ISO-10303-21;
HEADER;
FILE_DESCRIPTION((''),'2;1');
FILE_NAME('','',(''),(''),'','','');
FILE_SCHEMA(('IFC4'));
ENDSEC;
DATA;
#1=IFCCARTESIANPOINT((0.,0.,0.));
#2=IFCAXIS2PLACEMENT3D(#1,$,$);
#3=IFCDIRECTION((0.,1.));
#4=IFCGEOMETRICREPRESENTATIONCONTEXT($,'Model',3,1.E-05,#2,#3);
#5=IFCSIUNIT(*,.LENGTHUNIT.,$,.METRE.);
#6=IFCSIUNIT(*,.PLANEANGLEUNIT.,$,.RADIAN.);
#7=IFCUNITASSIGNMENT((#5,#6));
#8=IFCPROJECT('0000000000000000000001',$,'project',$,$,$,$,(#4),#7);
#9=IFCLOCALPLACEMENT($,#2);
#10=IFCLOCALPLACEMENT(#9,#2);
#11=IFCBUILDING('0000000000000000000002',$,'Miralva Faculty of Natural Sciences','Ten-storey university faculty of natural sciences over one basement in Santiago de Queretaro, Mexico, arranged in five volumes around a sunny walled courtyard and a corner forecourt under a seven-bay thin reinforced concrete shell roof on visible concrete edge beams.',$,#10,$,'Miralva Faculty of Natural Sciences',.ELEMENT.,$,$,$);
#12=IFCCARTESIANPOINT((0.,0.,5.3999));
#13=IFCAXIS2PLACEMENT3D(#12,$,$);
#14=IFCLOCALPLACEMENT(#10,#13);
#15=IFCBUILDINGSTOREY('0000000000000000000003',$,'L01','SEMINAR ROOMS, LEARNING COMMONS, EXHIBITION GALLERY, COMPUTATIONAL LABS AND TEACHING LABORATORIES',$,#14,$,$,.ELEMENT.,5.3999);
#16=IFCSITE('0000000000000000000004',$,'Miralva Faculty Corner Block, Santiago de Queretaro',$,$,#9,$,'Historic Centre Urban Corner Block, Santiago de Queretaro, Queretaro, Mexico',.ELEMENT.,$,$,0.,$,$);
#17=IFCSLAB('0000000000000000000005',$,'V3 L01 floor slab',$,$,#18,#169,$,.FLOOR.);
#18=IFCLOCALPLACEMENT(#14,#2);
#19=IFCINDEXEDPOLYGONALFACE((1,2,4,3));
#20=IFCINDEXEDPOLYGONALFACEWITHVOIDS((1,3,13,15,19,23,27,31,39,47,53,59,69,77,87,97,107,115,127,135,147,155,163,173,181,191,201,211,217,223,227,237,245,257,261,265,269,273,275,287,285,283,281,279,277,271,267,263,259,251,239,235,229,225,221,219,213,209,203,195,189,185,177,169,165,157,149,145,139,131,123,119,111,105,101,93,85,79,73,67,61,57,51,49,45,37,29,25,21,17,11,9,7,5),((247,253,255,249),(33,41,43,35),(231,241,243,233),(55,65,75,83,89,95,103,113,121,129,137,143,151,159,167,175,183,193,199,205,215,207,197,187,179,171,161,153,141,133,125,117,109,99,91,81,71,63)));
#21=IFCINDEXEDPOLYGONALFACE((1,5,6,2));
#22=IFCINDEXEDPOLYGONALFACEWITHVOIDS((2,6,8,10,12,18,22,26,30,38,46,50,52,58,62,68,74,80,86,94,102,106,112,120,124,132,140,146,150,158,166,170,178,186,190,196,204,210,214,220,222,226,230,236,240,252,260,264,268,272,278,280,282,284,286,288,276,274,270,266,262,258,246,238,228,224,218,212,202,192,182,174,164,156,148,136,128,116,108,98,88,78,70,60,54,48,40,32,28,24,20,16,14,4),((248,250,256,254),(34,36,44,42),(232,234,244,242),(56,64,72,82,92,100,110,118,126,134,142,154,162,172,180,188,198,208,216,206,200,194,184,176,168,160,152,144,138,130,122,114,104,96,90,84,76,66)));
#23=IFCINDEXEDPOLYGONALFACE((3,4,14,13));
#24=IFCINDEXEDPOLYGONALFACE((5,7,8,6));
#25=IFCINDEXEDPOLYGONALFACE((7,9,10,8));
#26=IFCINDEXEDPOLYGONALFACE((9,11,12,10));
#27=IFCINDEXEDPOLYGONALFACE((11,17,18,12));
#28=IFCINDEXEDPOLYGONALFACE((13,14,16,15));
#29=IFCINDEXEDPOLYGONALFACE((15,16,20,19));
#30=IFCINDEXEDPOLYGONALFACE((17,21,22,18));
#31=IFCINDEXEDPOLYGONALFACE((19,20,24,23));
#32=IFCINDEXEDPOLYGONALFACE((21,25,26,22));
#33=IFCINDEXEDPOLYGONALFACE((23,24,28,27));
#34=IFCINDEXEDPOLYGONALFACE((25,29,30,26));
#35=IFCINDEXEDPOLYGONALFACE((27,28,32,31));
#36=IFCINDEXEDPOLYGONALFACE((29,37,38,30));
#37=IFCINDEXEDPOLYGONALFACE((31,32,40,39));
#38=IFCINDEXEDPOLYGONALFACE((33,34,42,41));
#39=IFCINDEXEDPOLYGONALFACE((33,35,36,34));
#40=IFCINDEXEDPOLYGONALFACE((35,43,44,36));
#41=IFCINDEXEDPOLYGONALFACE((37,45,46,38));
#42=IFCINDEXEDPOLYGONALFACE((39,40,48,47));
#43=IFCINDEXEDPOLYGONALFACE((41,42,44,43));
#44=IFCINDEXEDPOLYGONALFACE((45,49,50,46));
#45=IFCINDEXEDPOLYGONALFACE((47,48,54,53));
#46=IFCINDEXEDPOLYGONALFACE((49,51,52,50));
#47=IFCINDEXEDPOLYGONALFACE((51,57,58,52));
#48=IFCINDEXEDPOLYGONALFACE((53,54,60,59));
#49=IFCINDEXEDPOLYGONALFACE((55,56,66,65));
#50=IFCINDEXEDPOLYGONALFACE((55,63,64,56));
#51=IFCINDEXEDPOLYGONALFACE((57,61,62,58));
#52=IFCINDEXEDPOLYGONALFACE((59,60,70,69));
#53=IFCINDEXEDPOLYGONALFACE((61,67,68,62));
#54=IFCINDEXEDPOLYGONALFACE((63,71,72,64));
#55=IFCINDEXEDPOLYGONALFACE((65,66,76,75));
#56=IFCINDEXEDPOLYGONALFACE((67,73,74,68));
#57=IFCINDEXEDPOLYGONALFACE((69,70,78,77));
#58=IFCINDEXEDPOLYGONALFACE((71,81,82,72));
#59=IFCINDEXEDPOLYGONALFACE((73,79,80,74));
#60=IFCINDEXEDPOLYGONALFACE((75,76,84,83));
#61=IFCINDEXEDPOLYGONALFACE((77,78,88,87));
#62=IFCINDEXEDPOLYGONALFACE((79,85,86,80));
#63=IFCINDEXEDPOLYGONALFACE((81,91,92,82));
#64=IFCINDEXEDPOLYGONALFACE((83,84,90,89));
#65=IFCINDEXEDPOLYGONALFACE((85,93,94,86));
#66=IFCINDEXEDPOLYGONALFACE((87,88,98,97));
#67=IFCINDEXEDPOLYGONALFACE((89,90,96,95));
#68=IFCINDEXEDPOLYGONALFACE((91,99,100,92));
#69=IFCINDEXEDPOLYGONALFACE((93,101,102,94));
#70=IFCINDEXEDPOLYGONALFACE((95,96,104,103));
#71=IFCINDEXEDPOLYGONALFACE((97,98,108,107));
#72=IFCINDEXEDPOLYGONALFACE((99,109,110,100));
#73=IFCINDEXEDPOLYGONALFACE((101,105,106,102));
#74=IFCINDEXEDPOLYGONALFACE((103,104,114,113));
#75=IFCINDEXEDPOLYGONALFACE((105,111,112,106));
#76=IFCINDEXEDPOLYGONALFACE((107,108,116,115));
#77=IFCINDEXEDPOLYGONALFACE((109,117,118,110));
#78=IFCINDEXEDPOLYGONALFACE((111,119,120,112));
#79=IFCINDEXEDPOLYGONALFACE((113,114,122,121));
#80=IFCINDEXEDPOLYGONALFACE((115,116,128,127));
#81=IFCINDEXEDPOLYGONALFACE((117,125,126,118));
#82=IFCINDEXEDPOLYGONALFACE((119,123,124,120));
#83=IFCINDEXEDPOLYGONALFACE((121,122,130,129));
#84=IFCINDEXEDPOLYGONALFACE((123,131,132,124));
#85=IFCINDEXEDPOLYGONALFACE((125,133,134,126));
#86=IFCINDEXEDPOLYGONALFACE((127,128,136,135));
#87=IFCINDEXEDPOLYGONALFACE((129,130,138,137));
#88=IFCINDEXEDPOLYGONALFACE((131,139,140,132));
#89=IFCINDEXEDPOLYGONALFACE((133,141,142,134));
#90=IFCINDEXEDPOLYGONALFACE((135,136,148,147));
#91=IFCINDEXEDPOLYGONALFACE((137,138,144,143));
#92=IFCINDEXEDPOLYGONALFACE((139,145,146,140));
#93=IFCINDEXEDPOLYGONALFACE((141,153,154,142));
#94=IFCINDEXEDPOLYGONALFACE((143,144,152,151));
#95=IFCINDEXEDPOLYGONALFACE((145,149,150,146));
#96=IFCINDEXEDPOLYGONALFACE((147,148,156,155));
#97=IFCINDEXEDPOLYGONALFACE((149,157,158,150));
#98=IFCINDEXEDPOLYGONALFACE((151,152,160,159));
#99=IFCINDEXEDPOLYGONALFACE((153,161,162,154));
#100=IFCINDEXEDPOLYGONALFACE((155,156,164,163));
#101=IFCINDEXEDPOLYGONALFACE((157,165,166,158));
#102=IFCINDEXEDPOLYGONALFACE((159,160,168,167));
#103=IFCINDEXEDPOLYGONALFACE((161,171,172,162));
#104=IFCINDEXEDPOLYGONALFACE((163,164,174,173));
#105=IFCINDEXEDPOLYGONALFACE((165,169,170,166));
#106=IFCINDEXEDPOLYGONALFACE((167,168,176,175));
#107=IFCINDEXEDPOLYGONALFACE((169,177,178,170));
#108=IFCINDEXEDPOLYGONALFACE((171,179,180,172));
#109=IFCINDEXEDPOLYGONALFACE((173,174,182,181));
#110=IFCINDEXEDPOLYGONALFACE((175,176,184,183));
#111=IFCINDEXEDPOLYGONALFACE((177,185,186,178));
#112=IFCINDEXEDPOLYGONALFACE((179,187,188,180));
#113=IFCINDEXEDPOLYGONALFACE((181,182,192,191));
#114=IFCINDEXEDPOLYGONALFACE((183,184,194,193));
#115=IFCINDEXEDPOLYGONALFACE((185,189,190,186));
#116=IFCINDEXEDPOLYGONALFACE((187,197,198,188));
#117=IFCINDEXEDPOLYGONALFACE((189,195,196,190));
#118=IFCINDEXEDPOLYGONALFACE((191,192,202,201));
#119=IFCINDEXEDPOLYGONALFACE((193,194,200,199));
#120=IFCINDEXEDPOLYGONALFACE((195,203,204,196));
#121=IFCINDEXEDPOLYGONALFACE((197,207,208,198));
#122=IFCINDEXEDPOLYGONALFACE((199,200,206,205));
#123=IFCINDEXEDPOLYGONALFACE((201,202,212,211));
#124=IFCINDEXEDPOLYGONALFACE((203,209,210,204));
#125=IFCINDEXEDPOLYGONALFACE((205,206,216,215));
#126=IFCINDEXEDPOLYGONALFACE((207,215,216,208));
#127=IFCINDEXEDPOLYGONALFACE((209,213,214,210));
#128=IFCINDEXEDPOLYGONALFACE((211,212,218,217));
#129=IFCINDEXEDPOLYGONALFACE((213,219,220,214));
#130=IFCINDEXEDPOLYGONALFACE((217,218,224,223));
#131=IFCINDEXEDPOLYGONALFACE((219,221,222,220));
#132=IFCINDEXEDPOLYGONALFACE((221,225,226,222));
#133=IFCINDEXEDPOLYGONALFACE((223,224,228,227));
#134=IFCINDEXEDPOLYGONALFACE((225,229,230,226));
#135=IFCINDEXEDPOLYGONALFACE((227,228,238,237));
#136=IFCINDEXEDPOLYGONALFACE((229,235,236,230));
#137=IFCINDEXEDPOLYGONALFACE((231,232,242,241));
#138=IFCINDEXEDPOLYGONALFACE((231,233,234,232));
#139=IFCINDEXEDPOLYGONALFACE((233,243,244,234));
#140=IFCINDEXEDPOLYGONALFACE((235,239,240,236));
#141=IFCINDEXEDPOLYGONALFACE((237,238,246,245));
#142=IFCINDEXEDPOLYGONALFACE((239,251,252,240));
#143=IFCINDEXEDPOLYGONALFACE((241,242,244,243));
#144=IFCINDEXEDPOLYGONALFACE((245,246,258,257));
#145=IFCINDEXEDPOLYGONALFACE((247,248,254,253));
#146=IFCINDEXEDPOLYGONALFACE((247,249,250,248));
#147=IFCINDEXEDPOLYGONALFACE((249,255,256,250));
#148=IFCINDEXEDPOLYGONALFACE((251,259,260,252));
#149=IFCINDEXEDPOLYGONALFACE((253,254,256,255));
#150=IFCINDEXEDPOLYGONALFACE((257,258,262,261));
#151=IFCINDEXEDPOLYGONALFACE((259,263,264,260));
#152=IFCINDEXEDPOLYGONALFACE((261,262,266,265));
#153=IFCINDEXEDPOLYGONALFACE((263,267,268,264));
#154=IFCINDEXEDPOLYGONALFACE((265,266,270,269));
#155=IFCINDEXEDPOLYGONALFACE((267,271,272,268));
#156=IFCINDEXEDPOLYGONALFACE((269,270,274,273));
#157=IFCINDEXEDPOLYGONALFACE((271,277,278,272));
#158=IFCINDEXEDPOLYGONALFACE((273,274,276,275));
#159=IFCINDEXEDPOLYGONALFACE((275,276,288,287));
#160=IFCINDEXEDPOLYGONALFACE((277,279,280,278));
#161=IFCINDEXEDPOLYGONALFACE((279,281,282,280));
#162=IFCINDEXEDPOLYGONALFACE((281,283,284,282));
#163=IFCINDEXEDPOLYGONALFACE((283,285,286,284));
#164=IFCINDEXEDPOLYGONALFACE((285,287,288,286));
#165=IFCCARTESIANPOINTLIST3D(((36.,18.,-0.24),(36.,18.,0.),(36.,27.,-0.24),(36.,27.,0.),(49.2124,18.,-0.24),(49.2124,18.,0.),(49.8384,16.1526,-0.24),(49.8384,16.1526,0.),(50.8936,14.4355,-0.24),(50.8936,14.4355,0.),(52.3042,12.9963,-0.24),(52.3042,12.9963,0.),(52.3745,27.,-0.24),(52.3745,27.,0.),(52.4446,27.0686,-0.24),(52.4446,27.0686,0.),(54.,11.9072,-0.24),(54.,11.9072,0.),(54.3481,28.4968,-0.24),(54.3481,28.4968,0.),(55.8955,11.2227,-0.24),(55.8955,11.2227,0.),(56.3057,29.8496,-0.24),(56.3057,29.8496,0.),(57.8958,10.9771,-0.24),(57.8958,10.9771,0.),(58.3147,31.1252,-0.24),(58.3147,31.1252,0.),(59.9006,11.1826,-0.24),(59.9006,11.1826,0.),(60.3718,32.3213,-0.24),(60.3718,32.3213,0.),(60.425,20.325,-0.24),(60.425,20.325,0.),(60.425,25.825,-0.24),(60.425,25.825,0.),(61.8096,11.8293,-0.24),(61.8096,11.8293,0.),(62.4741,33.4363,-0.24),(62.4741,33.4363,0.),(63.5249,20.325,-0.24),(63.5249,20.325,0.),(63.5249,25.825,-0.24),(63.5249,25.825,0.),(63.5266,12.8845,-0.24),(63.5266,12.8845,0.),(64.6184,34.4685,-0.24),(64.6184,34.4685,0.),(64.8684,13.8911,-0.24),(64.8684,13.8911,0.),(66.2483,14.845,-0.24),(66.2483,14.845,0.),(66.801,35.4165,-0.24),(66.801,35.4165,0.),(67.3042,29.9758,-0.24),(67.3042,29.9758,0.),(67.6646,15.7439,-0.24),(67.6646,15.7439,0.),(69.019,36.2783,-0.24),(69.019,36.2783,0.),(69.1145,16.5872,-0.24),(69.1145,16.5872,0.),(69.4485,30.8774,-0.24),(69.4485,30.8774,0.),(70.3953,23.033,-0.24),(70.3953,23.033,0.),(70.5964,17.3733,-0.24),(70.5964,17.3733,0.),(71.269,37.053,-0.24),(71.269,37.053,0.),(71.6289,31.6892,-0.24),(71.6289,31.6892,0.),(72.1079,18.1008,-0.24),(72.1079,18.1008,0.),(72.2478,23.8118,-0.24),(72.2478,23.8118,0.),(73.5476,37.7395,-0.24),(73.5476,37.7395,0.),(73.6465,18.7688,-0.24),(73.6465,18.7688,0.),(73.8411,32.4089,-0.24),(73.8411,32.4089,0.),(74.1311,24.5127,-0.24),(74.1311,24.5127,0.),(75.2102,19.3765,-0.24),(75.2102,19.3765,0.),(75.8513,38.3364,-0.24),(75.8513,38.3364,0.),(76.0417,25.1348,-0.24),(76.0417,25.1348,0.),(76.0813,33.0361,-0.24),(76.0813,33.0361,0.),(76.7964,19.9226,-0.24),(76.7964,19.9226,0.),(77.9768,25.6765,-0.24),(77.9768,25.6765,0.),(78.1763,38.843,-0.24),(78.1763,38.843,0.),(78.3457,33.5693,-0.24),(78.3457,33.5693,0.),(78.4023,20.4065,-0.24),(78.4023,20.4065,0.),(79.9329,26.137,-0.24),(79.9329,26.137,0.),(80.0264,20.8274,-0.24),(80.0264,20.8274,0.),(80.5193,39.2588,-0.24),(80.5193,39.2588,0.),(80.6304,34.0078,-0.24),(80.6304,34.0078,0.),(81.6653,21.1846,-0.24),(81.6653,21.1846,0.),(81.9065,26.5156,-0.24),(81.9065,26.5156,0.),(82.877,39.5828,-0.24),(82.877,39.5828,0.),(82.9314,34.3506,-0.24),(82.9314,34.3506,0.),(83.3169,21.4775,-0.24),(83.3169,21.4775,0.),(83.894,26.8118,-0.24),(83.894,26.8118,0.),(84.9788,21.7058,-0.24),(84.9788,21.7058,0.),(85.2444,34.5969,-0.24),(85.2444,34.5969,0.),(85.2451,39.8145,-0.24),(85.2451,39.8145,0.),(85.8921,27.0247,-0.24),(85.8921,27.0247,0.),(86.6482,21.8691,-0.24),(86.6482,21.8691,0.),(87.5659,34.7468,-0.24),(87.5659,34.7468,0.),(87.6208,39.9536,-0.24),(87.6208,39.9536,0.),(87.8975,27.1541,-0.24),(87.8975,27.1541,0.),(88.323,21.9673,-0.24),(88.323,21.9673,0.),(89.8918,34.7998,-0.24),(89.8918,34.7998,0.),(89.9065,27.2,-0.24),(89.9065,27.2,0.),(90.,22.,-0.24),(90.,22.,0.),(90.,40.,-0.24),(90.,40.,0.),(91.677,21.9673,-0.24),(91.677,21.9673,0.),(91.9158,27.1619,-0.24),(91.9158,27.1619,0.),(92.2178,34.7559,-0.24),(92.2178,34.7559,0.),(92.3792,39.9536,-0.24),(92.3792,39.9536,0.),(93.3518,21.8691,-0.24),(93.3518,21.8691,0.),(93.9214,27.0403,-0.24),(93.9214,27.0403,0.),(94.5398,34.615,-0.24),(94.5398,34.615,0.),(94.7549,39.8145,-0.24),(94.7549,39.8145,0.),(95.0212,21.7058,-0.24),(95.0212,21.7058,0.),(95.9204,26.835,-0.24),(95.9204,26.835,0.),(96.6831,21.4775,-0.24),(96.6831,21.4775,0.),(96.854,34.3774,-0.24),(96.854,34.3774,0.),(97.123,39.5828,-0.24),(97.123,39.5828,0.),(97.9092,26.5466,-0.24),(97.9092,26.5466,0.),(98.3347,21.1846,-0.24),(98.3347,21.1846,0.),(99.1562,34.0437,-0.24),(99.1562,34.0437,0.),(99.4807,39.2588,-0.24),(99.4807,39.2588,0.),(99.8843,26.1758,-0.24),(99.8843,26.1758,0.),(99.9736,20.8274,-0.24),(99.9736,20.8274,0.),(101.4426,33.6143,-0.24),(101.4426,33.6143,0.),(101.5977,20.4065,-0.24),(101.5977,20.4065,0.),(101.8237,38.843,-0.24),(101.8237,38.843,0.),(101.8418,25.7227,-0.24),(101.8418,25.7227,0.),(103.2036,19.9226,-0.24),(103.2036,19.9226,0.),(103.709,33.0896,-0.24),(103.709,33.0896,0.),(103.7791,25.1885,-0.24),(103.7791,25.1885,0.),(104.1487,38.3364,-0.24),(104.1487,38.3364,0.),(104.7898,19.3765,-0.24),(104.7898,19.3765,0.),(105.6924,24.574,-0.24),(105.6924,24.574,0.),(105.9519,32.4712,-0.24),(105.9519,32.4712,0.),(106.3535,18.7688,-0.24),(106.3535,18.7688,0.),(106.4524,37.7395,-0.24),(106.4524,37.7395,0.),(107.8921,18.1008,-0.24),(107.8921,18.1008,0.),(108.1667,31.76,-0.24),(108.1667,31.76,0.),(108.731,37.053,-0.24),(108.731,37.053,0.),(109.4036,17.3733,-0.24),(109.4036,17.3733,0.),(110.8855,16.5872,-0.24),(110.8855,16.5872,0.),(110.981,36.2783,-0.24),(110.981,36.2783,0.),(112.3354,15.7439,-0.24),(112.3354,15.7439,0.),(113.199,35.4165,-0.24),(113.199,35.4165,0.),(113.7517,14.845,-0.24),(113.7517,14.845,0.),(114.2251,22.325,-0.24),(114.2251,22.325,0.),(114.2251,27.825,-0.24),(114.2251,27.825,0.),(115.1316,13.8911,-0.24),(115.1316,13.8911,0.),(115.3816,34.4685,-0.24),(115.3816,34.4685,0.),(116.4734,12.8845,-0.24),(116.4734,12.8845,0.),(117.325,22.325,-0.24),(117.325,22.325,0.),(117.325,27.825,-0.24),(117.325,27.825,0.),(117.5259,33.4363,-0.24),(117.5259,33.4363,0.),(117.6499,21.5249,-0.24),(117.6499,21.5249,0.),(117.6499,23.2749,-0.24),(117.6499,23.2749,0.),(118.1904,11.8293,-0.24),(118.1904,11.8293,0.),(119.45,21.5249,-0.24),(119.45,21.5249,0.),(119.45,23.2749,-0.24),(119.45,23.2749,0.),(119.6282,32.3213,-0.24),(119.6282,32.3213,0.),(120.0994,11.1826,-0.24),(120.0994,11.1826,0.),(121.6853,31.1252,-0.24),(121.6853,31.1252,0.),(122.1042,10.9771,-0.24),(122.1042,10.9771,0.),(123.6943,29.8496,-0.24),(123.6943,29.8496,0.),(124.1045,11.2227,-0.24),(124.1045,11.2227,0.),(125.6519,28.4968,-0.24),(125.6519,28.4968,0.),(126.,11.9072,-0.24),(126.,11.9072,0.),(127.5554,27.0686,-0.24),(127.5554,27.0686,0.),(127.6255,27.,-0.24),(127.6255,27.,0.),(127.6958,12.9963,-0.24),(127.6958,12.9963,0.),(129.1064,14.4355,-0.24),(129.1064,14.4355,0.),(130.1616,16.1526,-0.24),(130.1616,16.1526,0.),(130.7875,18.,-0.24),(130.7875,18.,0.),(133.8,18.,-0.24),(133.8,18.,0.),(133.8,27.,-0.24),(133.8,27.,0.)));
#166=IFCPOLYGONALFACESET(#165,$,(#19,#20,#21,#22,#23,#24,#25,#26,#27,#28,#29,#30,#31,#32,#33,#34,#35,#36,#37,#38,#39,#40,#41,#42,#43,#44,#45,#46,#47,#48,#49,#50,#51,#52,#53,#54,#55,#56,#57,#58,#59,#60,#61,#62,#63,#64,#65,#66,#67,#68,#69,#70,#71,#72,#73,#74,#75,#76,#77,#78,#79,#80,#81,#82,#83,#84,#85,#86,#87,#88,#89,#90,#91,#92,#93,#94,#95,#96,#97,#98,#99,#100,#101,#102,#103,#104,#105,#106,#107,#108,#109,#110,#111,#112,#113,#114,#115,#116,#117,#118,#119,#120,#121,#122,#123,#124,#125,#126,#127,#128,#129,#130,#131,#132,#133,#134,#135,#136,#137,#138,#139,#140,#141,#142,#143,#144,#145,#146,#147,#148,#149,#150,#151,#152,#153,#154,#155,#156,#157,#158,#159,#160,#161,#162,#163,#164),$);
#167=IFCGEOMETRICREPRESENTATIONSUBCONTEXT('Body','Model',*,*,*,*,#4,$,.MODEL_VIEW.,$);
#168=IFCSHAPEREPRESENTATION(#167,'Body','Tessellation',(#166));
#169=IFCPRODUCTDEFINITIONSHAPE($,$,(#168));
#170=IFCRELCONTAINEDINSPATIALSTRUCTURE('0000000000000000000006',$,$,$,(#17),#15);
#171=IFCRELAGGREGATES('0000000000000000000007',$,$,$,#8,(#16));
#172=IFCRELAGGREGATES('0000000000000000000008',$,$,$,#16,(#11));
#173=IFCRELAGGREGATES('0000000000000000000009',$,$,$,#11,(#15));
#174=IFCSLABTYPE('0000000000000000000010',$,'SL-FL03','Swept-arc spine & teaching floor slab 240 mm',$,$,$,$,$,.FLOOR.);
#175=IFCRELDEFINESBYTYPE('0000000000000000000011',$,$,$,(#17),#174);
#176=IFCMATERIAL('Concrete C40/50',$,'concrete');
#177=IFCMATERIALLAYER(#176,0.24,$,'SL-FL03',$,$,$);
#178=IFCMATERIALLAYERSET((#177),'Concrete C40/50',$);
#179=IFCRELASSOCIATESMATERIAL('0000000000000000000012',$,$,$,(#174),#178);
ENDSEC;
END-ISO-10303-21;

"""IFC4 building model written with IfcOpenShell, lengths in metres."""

from ifc_helpers import new_model, si_unit, direction, frame, origin, place, context, subcontext, project, spatial, polyline, outline, extrude, material, layer, layer_set, type_object, element, save


model = new_model("IFC4")

# Units and contexts
model_context = context("Model", 3, precision=1e-05, world=origin(), true_north=direction((0.0, 1.0)))
body_context = subcontext(model_context, "Body", "Model", "MODEL_VIEW")
ifc_project = project(units=[si_unit("LENGTHUNIT", "METRE"), si_unit("PLANEANGLEUNIT", "RADIAN")], contexts=[model_context])

# Site, building, storey
site_placement = place(None, origin())
site = spatial("IfcSite", under=ifc_project, at=site_placement, Name="Miralva Faculty Corner Block, Santiago de Queretaro", LongName="Historic Centre Urban Corner Block, Santiago de Queretaro, Queretaro, Mexico", CompositionType="ELEMENT", RefElevation=0.0)
building_placement = place(site_placement, origin())
building = spatial("IfcBuilding", under=site, at=building_placement, Name="Miralva Faculty of Natural Sciences", Description="Ten-storey university faculty of natural sciences over one basement in Santiago de Queretaro, Mexico, arranged in five volumes around a sunny walled courtyard and a corner forecourt under a seven-bay thin reinforced concrete shell roof on visible concrete edge beams.", LongName="Miralva Faculty of Natural Sciences", CompositionType="ELEMENT")
storey_placement = place(building_placement, frame((0.0, 0.0, 5.3999)))
storey = spatial("IfcBuildingStorey", under=building, at=storey_placement, Name="L01", Description="SEMINAR ROOMS, LEARNING COMMONS, EXHIBITION GALLERY, COMPUTATIONAL LABS AND TEACHING LABORATORIES", CompositionType="ELEMENT", Elevation=5.3999)

# Slab
ifc_material_1 = material(Name="Concrete C40/50", Category="concrete")
ifc_layer_1 = layer(ifc_material_1, 0.24, Name="SL-FL03")
ifc_layer_set_1 = layer_set([ifc_layer_1], Name="Concrete C40/50")
slab_type_1 = type_object("IfcSlabType", Name="SL-FL03", Description="Swept-arc spine & teaching floor slab 240 mm", PredefinedType="FLOOR", material=ifc_layer_set_1)
slab_1_placement = place(storey_placement, frame((0.0, 0.0, -0.24)))
element("IfcSlab", 1, at=slab_1_placement, inside=storey, type_object=slab_type_1, Name="V3 L01 floor slab", PredefinedType="FLOOR", context=body_context, shape_type="SweptSolid", body=[
    extrude(outline(polyline([(36.0, 27.0), (52.3745, 27.0), (52.4446, 27.0686), (54.3481, 28.4968), (56.3057, 29.8496), (58.3147, 31.1252), (60.3718, 32.3213), (62.4741, 33.4363), (64.6184, 34.4685), (66.801, 35.4165), (69.019, 36.2783), (71.269, 37.053), (73.5476, 37.7395), (75.8513, 38.3364), (78.1763, 38.843), (80.5193, 39.2588), (82.877, 39.5828), (85.2451, 39.8145), (87.6208, 39.9536), (90.0, 40.0), (92.3792, 39.9536), (94.7549, 39.8145), (97.123, 39.5828), (99.4807, 39.2588), (101.8237, 38.843), (104.1487, 38.3364), (106.4524, 37.7395), (108.731, 37.053), (110.981, 36.2783), (113.199, 35.4165), (115.3816, 34.4685), (117.5259, 33.4363), (119.6282, 32.3213), (121.6853, 31.1252), (123.6943, 29.8496), (125.6519, 28.4968), (127.5554, 27.0686), (127.6255, 27.0), (133.8, 27.0), (133.8, 18.0), (130.7876, 18.0), (130.8083, 18.0615), (130.1616, 16.1526), (129.1064, 14.4355), (127.6958, 12.9963), (126.0, 11.9072), (124.1045, 11.2227), (122.1042, 10.9771), (120.0994, 11.1826), (118.1904, 11.8293), (116.4734, 12.8845), (115.1316, 13.8911), (113.7517, 14.845), (112.3354, 15.7439), (110.8855, 16.5872), (109.4036, 17.3733), (107.8921, 18.1008), (106.3535, 18.7688), (104.7898, 19.3765), (103.2036, 19.9226), (101.5977, 20.4065), (99.9736, 20.8274), (98.3347, 21.1846), (96.6831, 21.4775), (95.0212, 21.7058), (93.3518, 21.8691), (91.677, 21.9673), (90.0, 22.0), (88.323, 21.9673), (86.6482, 21.8691), (84.9788, 21.7058), (83.3169, 21.4775), (81.6653, 21.1846), (80.0264, 20.8274), (78.4023, 20.4065), (76.7964, 19.9226), (75.2102, 19.3765), (73.6465, 18.7688), (72.1079, 18.1008), (70.5964, 17.3733), (69.1145, 16.5872), (67.6646, 15.7439), (66.2483, 14.845), (64.8684, 13.8911), (63.5266, 12.8845), (61.8096, 11.8293), (59.9006, 11.1826), (57.8958, 10.9771), (55.8955, 11.2227), (54.0, 11.9072), (52.3042, 12.9963), (50.8936, 14.4355), (49.8384, 16.1526), (49.2124, 18.0), (36.0, 18.0), (36.0, 27.0)]), holes=[polyline([(117.325, 22.325), (114.2251, 22.325), (114.2251, 27.825), (117.325, 27.825), (117.325, 22.325)]), polyline([(119.45, 21.5249), (117.6499, 21.5249), (117.6499, 23.2749), (119.45, 23.2749), (119.45, 21.5249)]), polyline([(63.5249, 20.325), (60.425, 20.325), (60.425, 25.825), (63.5249, 25.825), (63.5249, 20.325)]), polyline([(70.3953, 23.033), (67.3042, 29.9758), (69.4485, 30.8774), (71.6289, 31.6892), (73.8411, 32.4089), (76.0813, 33.0361), (78.3457, 33.5693), (80.6304, 34.0078), (82.9314, 34.3506), (85.2444, 34.5969), (87.5659, 34.7468), (89.8918, 34.7998), (92.2178, 34.7559), (94.5398, 34.615), (96.854, 34.3774), (99.1562, 34.0437), (101.4426, 33.6143), (103.709, 33.0896), (105.9519, 32.4712), (108.1667, 31.76), (105.6924, 24.574), (103.7791, 25.1885), (101.8418, 25.7227), (99.8843, 26.1758), (97.9092, 26.5466), (95.9204, 26.835), (93.9214, 27.0403), (91.9158, 27.1619), (89.9065, 27.2), (87.8975, 27.1541), (85.8921, 27.0247), (83.894, 26.8118), (81.9065, 26.5156), (79.9329, 26.137), (77.9768, 25.6765), (76.0417, 25.1348), (74.1311, 24.5127), (72.2478, 23.8118), (70.3953, 23.033)])]), origin(), (0.0, 0.0, 1.0), 0.24),
])

save(model, "model.ifc")
